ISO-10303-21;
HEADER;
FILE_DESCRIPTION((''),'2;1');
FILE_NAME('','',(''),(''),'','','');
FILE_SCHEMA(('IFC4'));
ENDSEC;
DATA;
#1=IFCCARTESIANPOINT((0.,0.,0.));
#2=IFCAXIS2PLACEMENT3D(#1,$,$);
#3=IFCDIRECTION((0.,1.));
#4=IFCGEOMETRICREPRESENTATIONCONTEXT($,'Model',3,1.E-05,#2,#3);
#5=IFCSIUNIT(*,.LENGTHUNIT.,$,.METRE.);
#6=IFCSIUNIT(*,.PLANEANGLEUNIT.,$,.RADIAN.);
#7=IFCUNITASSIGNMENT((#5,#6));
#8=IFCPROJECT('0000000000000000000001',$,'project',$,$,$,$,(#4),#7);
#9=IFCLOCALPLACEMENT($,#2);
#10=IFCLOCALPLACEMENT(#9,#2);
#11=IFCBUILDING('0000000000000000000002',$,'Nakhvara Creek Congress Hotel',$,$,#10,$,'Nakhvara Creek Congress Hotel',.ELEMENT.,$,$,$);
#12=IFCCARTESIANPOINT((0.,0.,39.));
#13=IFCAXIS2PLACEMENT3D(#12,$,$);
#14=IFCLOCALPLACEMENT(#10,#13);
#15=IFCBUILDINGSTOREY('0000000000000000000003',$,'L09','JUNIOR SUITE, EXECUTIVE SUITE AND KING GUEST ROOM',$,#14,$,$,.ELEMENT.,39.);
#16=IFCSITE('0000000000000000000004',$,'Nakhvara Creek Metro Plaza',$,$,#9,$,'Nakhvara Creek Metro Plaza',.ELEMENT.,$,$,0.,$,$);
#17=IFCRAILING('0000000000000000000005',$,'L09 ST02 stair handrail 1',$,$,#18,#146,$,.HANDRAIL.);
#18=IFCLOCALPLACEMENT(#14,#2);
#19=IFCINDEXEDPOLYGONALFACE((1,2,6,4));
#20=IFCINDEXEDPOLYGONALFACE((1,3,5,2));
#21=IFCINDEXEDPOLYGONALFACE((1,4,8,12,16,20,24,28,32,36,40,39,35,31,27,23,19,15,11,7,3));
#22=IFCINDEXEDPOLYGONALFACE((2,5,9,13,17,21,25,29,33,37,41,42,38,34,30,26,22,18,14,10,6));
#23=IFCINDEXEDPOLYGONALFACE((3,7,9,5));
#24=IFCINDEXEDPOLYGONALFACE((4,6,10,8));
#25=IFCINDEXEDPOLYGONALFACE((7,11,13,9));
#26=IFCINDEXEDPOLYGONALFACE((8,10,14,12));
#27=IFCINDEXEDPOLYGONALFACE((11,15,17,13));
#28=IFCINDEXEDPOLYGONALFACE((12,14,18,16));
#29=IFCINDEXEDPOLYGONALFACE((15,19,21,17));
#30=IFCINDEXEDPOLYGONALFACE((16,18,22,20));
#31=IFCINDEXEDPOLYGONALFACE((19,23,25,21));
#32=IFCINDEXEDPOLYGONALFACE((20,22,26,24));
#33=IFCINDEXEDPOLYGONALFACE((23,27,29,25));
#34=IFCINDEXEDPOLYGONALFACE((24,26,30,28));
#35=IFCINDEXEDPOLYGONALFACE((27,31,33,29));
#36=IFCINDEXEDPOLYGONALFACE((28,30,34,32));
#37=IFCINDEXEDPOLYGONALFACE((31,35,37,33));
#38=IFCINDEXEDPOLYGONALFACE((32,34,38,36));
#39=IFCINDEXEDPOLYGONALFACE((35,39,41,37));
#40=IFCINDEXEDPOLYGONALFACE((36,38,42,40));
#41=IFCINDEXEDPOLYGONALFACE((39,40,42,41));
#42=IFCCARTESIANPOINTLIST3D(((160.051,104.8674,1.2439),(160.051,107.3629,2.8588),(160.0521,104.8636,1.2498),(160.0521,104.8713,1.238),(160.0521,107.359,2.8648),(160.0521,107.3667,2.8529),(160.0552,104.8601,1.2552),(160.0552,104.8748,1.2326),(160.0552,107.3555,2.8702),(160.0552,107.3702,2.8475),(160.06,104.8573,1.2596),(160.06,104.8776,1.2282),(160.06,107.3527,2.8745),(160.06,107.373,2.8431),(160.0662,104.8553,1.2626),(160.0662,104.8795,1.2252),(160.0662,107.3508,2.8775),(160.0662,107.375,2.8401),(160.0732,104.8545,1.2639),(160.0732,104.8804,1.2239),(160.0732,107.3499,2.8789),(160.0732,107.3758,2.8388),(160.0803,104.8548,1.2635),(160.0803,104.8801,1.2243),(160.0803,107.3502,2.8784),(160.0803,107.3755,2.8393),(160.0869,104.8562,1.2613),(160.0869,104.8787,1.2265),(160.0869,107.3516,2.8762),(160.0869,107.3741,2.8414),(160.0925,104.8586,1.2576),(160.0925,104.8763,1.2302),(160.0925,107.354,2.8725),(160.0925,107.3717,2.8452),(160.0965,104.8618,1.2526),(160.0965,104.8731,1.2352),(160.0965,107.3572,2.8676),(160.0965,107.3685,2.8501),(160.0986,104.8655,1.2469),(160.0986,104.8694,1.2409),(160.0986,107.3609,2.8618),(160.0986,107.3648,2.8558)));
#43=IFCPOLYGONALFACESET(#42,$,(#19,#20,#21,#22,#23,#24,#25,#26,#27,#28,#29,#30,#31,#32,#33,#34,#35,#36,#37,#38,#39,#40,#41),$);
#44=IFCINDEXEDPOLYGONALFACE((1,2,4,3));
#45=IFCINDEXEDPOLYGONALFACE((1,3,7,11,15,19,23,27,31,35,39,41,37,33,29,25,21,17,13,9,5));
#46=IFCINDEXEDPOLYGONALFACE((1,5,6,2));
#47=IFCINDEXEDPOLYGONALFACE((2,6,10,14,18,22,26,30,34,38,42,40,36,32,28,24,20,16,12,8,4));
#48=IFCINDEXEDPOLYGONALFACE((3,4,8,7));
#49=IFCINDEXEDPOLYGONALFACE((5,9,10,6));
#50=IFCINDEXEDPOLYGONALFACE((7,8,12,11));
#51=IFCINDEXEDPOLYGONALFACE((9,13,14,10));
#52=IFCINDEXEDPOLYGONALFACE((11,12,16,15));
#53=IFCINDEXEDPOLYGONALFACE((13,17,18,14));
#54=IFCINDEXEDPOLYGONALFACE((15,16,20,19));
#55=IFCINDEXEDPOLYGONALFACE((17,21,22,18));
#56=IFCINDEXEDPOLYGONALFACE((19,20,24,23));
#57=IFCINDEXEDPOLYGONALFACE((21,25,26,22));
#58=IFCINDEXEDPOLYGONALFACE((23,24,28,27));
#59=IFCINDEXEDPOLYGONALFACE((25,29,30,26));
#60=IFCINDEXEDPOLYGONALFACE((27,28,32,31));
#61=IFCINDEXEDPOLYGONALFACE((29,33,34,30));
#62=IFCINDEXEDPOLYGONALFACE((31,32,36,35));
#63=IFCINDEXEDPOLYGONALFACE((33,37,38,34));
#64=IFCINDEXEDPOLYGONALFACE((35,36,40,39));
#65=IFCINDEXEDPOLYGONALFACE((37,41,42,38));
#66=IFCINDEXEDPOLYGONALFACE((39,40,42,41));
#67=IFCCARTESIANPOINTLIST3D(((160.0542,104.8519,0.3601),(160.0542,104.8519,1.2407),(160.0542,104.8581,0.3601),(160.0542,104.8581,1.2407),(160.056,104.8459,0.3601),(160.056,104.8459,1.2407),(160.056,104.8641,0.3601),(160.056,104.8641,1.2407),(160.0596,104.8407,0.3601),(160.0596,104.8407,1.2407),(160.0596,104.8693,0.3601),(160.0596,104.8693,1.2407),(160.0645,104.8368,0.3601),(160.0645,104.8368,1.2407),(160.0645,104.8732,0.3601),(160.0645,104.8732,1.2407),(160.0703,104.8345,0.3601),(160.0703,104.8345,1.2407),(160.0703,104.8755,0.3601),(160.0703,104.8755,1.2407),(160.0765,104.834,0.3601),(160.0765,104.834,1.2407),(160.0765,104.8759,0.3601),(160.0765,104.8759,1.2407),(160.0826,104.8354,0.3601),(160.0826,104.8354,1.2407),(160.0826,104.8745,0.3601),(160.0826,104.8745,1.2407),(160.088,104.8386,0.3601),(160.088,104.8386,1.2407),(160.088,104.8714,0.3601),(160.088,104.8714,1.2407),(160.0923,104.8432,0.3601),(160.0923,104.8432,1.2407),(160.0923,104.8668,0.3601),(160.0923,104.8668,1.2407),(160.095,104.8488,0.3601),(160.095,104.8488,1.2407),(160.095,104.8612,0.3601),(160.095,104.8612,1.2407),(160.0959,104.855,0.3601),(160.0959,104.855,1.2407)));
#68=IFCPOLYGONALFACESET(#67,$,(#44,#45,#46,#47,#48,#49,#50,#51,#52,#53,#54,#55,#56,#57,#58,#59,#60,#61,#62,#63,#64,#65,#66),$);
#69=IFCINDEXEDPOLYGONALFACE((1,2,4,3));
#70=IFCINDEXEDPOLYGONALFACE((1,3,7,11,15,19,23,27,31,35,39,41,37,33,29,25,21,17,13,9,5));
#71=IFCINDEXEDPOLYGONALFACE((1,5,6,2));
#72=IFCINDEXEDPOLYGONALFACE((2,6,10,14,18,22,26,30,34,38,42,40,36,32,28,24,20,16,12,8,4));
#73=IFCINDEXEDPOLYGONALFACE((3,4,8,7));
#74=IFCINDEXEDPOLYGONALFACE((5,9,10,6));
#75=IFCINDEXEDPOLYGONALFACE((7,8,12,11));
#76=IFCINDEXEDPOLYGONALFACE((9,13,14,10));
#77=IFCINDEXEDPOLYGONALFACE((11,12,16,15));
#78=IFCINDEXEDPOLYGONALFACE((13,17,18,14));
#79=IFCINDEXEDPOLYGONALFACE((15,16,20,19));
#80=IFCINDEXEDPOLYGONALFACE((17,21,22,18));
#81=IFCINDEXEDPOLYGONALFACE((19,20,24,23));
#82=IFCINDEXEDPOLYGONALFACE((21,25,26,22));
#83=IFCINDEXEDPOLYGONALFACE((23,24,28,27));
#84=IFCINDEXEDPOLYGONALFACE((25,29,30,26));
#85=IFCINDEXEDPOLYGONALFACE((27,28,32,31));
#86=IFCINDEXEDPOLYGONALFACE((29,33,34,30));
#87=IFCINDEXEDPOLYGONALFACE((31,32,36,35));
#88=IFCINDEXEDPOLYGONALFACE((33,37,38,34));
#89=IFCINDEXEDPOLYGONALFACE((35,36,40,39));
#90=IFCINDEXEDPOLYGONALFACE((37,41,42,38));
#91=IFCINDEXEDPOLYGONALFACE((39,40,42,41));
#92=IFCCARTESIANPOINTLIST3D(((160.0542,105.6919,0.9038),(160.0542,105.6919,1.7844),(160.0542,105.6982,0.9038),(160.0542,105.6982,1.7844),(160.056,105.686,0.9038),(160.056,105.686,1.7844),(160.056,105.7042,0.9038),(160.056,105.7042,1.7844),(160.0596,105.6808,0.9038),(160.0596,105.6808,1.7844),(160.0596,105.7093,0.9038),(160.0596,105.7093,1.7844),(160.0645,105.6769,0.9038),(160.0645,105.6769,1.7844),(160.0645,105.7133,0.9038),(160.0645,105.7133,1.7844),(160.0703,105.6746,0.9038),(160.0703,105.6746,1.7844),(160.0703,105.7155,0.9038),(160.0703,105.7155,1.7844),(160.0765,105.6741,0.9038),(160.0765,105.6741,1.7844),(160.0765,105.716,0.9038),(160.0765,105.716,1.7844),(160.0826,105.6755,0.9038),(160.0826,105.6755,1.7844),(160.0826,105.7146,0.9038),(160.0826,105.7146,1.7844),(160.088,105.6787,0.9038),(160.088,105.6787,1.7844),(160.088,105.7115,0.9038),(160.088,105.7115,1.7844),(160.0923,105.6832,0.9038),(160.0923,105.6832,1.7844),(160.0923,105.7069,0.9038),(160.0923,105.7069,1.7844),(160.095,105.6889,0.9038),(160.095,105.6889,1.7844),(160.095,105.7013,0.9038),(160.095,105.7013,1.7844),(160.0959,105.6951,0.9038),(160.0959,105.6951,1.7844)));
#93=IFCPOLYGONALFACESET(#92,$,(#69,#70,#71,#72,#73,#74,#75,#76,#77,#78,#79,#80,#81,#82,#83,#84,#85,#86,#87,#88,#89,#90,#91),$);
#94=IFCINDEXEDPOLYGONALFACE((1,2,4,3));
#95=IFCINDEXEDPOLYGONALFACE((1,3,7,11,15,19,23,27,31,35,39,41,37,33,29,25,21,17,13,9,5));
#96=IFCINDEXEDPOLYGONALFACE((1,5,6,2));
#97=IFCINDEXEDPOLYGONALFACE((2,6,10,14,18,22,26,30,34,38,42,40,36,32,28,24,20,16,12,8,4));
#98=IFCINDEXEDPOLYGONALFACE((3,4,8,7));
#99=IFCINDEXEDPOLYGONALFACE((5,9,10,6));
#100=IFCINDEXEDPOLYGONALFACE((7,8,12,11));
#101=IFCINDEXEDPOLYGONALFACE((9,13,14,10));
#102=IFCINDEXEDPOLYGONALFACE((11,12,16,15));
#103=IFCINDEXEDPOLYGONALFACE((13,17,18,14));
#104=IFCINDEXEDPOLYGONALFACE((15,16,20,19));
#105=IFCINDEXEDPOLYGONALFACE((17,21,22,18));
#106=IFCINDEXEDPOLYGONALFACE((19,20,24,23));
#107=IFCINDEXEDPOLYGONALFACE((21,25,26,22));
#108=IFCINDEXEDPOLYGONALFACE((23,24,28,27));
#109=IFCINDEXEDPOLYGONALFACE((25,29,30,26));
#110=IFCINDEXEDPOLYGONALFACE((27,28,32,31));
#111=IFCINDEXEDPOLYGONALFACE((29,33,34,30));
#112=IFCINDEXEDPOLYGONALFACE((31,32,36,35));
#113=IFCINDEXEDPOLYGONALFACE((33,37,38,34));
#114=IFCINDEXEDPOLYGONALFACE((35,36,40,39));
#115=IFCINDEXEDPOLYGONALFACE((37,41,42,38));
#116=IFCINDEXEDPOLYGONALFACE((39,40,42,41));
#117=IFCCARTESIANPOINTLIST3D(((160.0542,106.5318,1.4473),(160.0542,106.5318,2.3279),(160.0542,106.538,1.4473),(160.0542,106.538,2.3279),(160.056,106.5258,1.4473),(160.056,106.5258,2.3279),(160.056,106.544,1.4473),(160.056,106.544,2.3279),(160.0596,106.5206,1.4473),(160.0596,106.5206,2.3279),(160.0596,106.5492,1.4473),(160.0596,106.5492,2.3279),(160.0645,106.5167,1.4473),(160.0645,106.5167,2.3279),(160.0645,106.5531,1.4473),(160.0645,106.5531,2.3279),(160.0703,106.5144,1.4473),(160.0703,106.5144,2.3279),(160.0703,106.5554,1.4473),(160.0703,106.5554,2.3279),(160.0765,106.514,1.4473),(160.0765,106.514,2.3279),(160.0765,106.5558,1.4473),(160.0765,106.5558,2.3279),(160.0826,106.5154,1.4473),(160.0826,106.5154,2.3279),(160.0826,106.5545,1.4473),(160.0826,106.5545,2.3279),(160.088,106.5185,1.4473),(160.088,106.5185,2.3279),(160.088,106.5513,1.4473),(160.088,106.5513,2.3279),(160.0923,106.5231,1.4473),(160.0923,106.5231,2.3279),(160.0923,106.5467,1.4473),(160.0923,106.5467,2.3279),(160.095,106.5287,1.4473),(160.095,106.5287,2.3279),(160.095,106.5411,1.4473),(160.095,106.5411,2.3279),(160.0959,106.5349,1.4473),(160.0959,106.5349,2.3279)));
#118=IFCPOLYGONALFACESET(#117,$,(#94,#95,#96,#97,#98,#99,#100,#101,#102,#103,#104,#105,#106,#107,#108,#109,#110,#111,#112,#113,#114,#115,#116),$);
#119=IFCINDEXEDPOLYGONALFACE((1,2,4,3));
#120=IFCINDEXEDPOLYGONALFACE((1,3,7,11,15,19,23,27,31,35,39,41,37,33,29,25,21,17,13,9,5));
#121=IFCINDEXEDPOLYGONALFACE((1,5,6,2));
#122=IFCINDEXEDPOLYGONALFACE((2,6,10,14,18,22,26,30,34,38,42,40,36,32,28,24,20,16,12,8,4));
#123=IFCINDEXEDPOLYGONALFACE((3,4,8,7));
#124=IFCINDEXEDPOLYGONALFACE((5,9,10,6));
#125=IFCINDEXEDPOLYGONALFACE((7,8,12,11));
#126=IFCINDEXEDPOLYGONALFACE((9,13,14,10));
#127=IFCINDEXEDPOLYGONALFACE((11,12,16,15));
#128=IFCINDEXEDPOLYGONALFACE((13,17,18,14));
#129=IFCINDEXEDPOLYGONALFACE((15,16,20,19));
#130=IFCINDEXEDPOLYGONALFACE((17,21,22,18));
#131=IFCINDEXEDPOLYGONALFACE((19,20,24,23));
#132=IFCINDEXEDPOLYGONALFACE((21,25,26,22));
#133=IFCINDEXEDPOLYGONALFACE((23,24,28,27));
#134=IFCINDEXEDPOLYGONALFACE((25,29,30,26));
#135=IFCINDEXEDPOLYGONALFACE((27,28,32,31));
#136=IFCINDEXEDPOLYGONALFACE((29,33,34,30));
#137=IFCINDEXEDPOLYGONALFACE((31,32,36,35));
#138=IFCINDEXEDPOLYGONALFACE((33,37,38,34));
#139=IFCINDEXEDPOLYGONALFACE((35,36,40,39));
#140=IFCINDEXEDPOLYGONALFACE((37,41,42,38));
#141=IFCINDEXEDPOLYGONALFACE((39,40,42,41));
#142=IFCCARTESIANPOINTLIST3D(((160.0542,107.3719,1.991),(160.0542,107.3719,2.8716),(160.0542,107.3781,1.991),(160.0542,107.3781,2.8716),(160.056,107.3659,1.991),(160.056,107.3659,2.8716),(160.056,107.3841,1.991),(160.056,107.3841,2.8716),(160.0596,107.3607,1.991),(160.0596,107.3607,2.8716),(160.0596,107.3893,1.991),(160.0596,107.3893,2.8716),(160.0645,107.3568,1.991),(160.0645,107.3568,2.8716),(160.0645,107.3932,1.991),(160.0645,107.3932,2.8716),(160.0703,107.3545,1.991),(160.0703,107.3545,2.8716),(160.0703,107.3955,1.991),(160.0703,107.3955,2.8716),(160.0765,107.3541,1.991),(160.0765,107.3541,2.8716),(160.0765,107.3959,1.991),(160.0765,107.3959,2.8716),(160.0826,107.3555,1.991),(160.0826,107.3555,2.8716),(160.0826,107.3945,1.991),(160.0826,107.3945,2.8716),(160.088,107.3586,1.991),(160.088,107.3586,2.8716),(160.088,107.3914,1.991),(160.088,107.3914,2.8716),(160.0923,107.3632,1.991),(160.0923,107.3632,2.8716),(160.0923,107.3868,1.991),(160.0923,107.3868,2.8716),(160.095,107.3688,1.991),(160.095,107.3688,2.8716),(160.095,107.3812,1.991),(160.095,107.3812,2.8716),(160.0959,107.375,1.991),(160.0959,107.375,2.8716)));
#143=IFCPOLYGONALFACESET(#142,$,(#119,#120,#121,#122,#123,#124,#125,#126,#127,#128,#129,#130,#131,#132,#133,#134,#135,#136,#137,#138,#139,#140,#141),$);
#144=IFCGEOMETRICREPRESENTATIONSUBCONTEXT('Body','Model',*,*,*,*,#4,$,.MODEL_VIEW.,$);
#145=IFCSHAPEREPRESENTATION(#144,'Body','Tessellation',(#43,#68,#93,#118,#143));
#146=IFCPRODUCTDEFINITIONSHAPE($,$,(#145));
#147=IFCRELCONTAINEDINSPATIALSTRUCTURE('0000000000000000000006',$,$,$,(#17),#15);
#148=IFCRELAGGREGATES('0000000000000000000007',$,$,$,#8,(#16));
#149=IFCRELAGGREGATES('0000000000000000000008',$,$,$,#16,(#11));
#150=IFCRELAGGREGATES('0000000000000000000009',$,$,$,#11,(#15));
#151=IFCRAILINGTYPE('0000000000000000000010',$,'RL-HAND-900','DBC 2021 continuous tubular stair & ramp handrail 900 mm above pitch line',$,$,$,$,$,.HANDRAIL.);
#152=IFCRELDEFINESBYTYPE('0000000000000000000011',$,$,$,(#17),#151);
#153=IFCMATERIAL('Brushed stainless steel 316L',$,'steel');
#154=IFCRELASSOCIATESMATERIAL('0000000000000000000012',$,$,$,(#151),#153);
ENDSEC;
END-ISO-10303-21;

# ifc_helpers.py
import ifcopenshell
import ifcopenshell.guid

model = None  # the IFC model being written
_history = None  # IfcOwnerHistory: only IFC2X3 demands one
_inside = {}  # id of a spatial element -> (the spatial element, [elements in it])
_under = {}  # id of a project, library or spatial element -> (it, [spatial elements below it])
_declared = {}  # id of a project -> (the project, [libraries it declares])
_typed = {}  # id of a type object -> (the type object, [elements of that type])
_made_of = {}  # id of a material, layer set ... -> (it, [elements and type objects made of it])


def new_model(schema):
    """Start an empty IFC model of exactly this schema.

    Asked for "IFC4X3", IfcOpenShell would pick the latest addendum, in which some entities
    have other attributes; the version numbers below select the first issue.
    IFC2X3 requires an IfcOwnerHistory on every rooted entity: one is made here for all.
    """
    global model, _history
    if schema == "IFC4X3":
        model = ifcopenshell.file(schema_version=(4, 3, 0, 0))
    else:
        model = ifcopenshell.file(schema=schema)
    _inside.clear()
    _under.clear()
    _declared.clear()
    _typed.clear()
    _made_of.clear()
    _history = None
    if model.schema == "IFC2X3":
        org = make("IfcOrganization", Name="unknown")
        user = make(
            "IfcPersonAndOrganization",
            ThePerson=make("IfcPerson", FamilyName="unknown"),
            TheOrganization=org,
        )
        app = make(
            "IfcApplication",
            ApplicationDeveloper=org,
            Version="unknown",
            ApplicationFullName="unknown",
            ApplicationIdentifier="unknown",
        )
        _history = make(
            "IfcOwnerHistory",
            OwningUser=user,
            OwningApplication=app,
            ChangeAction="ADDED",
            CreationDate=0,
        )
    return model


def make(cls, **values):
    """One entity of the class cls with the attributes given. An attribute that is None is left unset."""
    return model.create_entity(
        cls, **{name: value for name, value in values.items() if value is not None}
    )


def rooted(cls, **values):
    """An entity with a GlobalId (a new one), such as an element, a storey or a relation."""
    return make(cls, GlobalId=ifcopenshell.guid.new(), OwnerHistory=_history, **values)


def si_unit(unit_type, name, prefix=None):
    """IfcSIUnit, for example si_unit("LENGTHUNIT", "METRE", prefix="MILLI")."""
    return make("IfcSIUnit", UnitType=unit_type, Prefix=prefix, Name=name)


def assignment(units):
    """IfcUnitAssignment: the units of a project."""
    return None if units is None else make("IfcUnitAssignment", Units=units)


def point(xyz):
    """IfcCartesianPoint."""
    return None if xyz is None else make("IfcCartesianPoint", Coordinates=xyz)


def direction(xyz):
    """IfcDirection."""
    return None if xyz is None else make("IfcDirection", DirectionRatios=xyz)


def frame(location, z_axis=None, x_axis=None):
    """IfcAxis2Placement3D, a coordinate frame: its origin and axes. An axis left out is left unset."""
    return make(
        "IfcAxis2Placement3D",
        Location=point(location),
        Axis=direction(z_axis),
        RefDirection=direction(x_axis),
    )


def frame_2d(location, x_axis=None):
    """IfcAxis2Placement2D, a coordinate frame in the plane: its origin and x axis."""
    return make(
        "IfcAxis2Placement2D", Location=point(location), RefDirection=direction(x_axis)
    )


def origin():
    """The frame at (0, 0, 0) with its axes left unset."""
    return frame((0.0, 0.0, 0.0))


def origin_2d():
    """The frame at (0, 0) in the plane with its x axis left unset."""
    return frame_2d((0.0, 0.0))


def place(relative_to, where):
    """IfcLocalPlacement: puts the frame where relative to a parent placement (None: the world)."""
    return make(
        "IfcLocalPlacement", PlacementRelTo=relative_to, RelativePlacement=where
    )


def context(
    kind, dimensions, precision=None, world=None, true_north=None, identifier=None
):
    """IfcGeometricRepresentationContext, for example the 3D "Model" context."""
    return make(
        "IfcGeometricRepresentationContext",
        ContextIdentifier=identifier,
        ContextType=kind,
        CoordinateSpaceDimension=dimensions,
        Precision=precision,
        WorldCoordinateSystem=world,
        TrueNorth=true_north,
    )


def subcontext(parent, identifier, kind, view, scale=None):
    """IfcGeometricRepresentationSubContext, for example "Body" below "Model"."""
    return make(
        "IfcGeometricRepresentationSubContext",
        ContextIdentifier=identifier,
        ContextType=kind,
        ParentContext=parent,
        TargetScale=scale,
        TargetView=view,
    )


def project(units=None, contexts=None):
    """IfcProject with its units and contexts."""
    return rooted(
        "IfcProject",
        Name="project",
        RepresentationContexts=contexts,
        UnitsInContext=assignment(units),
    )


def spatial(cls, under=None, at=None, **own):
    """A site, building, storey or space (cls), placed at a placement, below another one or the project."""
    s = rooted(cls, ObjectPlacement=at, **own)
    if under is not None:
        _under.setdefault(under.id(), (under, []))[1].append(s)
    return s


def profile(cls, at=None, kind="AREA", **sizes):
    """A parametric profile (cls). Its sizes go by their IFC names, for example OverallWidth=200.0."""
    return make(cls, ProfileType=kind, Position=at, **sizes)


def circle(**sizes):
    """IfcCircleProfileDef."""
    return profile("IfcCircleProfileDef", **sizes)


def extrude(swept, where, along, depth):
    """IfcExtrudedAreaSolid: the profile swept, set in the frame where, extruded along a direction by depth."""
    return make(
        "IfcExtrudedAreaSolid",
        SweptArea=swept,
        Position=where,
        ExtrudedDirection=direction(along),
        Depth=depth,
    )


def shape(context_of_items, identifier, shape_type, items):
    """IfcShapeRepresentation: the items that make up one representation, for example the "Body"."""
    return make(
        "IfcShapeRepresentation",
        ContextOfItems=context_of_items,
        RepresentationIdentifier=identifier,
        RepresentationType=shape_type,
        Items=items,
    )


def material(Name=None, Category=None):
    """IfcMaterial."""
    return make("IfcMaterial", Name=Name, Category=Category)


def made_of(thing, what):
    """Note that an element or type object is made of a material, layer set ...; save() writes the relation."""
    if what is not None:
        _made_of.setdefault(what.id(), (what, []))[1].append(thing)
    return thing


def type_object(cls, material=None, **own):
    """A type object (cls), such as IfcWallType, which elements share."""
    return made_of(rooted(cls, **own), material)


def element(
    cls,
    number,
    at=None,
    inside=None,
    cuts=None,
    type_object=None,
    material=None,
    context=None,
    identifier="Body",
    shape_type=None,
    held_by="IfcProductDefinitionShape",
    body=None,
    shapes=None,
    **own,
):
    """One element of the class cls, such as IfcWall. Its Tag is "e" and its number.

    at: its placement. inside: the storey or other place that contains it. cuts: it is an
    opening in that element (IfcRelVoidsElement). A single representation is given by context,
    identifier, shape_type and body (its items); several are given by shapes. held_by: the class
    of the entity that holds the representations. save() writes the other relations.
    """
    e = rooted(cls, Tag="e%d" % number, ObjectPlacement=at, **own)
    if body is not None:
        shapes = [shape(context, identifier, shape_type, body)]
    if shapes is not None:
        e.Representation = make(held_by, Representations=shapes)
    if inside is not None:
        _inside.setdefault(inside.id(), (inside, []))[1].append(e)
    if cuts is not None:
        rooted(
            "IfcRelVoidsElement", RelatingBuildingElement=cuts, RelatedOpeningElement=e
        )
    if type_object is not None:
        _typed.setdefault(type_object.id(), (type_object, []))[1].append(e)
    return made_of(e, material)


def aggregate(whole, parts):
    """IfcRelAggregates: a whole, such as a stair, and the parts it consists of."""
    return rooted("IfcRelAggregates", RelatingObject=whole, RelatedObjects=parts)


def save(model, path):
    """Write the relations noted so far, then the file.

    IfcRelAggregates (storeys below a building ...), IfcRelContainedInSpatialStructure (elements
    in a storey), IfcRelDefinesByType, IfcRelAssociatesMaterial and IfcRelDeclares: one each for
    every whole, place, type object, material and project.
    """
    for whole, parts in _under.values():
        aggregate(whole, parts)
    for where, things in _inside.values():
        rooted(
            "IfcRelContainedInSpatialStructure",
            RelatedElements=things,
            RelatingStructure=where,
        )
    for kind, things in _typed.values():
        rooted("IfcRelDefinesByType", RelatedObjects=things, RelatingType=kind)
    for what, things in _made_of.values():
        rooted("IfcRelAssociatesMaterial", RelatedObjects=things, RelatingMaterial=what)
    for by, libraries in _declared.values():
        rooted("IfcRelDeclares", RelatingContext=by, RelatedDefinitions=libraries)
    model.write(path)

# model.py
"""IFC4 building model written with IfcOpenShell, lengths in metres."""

from ifc_helpers import new_model, si_unit, direction, frame, origin, origin_2d, place, context, subcontext, project, spatial, circle, extrude, material, type_object, element, save


model = new_model("IFC4")

# Units and contexts
model_context = context("Model", 3, precision=1e-05, world=origin(), true_north=direction((0.0, 1.0)))
body_context = subcontext(model_context, "Body", "Model", "MODEL_VIEW")
ifc_project = project(units=[si_unit("LENGTHUNIT", "METRE"), si_unit("PLANEANGLEUNIT", "RADIAN")], contexts=[model_context])

# Site, building, storey
site_placement = place(None, origin())
site = spatial("IfcSite", under=ifc_project, at=site_placement, Name="Nakhvara Creek Metro Plaza", LongName="Nakhvara Creek Metro Plaza", CompositionType="ELEMENT", RefElevation=0.0)
building_placement = place(site_placement, origin())
building = spatial("IfcBuilding", under=site, at=building_placement, Name="Nakhvara Creek Congress Hotel", LongName="Nakhvara Creek Congress Hotel", CompositionType="ELEMENT")
storey_placement = place(building_placement, frame((0.0, 0.0, 39.0)))
storey = spatial("IfcBuildingStorey", under=building, at=storey_placement, Name="L09", Description="JUNIOR SUITE, EXECUTIVE SUITE AND KING GUEST ROOM", CompositionType="ELEMENT", Elevation=39.0)

# Railing
ifc_material_1 = material(Name="Brushed stainless steel 316L", Category="steel")
railing_type_1 = type_object("IfcRailingType", Name="RL-HAND-900", Description="DBC 2021 continuous tubular stair & ramp handrail 900 mm above pitch line", PredefinedType="HANDRAIL", material=ifc_material_1)
railing_1_placement = place(storey_placement, frame((160.075, 104.855, 0.3601)))
element("IfcRailing", 1, at=railing_1_placement, inside=storey, type_object=railing_type_1, Name="L09 ST02 stair handrail 1", PredefinedType="HANDRAIL", context=body_context, shape_type="SweptSolid", body=[
    extrude(circle(Radius=0.0239, at=origin_2d()), frame((0.0, 0.0125, 0.8838), z_axis=(0.0, 0.839531, 0.543312), x_axis=(-1.0, 0.0, 0.0)), (0.0, 0.0, 1.0), 2.9724),
    extrude(circle(Radius=0.021, at=origin_2d()), origin(), (0.0, 0.0, 1.0), 0.8806),
    extrude(circle(Radius=0.021, at=origin_2d()), frame((0.0, 0.8401, 0.5437)), (0.0, 0.0, 1.0), 0.8806),
    extrude(circle(Radius=0.021, at=origin_2d()), frame((0.0, 1.6799, 1.0872)), (0.0, 0.0, 1.0), 0.8806),
    extrude(circle(Radius=0.021, at=origin_2d()), frame((0.0, 2.52, 1.6309)), (0.0, 0.0, 1.0), 0.8806),
])

save(model, "model.ifc")
